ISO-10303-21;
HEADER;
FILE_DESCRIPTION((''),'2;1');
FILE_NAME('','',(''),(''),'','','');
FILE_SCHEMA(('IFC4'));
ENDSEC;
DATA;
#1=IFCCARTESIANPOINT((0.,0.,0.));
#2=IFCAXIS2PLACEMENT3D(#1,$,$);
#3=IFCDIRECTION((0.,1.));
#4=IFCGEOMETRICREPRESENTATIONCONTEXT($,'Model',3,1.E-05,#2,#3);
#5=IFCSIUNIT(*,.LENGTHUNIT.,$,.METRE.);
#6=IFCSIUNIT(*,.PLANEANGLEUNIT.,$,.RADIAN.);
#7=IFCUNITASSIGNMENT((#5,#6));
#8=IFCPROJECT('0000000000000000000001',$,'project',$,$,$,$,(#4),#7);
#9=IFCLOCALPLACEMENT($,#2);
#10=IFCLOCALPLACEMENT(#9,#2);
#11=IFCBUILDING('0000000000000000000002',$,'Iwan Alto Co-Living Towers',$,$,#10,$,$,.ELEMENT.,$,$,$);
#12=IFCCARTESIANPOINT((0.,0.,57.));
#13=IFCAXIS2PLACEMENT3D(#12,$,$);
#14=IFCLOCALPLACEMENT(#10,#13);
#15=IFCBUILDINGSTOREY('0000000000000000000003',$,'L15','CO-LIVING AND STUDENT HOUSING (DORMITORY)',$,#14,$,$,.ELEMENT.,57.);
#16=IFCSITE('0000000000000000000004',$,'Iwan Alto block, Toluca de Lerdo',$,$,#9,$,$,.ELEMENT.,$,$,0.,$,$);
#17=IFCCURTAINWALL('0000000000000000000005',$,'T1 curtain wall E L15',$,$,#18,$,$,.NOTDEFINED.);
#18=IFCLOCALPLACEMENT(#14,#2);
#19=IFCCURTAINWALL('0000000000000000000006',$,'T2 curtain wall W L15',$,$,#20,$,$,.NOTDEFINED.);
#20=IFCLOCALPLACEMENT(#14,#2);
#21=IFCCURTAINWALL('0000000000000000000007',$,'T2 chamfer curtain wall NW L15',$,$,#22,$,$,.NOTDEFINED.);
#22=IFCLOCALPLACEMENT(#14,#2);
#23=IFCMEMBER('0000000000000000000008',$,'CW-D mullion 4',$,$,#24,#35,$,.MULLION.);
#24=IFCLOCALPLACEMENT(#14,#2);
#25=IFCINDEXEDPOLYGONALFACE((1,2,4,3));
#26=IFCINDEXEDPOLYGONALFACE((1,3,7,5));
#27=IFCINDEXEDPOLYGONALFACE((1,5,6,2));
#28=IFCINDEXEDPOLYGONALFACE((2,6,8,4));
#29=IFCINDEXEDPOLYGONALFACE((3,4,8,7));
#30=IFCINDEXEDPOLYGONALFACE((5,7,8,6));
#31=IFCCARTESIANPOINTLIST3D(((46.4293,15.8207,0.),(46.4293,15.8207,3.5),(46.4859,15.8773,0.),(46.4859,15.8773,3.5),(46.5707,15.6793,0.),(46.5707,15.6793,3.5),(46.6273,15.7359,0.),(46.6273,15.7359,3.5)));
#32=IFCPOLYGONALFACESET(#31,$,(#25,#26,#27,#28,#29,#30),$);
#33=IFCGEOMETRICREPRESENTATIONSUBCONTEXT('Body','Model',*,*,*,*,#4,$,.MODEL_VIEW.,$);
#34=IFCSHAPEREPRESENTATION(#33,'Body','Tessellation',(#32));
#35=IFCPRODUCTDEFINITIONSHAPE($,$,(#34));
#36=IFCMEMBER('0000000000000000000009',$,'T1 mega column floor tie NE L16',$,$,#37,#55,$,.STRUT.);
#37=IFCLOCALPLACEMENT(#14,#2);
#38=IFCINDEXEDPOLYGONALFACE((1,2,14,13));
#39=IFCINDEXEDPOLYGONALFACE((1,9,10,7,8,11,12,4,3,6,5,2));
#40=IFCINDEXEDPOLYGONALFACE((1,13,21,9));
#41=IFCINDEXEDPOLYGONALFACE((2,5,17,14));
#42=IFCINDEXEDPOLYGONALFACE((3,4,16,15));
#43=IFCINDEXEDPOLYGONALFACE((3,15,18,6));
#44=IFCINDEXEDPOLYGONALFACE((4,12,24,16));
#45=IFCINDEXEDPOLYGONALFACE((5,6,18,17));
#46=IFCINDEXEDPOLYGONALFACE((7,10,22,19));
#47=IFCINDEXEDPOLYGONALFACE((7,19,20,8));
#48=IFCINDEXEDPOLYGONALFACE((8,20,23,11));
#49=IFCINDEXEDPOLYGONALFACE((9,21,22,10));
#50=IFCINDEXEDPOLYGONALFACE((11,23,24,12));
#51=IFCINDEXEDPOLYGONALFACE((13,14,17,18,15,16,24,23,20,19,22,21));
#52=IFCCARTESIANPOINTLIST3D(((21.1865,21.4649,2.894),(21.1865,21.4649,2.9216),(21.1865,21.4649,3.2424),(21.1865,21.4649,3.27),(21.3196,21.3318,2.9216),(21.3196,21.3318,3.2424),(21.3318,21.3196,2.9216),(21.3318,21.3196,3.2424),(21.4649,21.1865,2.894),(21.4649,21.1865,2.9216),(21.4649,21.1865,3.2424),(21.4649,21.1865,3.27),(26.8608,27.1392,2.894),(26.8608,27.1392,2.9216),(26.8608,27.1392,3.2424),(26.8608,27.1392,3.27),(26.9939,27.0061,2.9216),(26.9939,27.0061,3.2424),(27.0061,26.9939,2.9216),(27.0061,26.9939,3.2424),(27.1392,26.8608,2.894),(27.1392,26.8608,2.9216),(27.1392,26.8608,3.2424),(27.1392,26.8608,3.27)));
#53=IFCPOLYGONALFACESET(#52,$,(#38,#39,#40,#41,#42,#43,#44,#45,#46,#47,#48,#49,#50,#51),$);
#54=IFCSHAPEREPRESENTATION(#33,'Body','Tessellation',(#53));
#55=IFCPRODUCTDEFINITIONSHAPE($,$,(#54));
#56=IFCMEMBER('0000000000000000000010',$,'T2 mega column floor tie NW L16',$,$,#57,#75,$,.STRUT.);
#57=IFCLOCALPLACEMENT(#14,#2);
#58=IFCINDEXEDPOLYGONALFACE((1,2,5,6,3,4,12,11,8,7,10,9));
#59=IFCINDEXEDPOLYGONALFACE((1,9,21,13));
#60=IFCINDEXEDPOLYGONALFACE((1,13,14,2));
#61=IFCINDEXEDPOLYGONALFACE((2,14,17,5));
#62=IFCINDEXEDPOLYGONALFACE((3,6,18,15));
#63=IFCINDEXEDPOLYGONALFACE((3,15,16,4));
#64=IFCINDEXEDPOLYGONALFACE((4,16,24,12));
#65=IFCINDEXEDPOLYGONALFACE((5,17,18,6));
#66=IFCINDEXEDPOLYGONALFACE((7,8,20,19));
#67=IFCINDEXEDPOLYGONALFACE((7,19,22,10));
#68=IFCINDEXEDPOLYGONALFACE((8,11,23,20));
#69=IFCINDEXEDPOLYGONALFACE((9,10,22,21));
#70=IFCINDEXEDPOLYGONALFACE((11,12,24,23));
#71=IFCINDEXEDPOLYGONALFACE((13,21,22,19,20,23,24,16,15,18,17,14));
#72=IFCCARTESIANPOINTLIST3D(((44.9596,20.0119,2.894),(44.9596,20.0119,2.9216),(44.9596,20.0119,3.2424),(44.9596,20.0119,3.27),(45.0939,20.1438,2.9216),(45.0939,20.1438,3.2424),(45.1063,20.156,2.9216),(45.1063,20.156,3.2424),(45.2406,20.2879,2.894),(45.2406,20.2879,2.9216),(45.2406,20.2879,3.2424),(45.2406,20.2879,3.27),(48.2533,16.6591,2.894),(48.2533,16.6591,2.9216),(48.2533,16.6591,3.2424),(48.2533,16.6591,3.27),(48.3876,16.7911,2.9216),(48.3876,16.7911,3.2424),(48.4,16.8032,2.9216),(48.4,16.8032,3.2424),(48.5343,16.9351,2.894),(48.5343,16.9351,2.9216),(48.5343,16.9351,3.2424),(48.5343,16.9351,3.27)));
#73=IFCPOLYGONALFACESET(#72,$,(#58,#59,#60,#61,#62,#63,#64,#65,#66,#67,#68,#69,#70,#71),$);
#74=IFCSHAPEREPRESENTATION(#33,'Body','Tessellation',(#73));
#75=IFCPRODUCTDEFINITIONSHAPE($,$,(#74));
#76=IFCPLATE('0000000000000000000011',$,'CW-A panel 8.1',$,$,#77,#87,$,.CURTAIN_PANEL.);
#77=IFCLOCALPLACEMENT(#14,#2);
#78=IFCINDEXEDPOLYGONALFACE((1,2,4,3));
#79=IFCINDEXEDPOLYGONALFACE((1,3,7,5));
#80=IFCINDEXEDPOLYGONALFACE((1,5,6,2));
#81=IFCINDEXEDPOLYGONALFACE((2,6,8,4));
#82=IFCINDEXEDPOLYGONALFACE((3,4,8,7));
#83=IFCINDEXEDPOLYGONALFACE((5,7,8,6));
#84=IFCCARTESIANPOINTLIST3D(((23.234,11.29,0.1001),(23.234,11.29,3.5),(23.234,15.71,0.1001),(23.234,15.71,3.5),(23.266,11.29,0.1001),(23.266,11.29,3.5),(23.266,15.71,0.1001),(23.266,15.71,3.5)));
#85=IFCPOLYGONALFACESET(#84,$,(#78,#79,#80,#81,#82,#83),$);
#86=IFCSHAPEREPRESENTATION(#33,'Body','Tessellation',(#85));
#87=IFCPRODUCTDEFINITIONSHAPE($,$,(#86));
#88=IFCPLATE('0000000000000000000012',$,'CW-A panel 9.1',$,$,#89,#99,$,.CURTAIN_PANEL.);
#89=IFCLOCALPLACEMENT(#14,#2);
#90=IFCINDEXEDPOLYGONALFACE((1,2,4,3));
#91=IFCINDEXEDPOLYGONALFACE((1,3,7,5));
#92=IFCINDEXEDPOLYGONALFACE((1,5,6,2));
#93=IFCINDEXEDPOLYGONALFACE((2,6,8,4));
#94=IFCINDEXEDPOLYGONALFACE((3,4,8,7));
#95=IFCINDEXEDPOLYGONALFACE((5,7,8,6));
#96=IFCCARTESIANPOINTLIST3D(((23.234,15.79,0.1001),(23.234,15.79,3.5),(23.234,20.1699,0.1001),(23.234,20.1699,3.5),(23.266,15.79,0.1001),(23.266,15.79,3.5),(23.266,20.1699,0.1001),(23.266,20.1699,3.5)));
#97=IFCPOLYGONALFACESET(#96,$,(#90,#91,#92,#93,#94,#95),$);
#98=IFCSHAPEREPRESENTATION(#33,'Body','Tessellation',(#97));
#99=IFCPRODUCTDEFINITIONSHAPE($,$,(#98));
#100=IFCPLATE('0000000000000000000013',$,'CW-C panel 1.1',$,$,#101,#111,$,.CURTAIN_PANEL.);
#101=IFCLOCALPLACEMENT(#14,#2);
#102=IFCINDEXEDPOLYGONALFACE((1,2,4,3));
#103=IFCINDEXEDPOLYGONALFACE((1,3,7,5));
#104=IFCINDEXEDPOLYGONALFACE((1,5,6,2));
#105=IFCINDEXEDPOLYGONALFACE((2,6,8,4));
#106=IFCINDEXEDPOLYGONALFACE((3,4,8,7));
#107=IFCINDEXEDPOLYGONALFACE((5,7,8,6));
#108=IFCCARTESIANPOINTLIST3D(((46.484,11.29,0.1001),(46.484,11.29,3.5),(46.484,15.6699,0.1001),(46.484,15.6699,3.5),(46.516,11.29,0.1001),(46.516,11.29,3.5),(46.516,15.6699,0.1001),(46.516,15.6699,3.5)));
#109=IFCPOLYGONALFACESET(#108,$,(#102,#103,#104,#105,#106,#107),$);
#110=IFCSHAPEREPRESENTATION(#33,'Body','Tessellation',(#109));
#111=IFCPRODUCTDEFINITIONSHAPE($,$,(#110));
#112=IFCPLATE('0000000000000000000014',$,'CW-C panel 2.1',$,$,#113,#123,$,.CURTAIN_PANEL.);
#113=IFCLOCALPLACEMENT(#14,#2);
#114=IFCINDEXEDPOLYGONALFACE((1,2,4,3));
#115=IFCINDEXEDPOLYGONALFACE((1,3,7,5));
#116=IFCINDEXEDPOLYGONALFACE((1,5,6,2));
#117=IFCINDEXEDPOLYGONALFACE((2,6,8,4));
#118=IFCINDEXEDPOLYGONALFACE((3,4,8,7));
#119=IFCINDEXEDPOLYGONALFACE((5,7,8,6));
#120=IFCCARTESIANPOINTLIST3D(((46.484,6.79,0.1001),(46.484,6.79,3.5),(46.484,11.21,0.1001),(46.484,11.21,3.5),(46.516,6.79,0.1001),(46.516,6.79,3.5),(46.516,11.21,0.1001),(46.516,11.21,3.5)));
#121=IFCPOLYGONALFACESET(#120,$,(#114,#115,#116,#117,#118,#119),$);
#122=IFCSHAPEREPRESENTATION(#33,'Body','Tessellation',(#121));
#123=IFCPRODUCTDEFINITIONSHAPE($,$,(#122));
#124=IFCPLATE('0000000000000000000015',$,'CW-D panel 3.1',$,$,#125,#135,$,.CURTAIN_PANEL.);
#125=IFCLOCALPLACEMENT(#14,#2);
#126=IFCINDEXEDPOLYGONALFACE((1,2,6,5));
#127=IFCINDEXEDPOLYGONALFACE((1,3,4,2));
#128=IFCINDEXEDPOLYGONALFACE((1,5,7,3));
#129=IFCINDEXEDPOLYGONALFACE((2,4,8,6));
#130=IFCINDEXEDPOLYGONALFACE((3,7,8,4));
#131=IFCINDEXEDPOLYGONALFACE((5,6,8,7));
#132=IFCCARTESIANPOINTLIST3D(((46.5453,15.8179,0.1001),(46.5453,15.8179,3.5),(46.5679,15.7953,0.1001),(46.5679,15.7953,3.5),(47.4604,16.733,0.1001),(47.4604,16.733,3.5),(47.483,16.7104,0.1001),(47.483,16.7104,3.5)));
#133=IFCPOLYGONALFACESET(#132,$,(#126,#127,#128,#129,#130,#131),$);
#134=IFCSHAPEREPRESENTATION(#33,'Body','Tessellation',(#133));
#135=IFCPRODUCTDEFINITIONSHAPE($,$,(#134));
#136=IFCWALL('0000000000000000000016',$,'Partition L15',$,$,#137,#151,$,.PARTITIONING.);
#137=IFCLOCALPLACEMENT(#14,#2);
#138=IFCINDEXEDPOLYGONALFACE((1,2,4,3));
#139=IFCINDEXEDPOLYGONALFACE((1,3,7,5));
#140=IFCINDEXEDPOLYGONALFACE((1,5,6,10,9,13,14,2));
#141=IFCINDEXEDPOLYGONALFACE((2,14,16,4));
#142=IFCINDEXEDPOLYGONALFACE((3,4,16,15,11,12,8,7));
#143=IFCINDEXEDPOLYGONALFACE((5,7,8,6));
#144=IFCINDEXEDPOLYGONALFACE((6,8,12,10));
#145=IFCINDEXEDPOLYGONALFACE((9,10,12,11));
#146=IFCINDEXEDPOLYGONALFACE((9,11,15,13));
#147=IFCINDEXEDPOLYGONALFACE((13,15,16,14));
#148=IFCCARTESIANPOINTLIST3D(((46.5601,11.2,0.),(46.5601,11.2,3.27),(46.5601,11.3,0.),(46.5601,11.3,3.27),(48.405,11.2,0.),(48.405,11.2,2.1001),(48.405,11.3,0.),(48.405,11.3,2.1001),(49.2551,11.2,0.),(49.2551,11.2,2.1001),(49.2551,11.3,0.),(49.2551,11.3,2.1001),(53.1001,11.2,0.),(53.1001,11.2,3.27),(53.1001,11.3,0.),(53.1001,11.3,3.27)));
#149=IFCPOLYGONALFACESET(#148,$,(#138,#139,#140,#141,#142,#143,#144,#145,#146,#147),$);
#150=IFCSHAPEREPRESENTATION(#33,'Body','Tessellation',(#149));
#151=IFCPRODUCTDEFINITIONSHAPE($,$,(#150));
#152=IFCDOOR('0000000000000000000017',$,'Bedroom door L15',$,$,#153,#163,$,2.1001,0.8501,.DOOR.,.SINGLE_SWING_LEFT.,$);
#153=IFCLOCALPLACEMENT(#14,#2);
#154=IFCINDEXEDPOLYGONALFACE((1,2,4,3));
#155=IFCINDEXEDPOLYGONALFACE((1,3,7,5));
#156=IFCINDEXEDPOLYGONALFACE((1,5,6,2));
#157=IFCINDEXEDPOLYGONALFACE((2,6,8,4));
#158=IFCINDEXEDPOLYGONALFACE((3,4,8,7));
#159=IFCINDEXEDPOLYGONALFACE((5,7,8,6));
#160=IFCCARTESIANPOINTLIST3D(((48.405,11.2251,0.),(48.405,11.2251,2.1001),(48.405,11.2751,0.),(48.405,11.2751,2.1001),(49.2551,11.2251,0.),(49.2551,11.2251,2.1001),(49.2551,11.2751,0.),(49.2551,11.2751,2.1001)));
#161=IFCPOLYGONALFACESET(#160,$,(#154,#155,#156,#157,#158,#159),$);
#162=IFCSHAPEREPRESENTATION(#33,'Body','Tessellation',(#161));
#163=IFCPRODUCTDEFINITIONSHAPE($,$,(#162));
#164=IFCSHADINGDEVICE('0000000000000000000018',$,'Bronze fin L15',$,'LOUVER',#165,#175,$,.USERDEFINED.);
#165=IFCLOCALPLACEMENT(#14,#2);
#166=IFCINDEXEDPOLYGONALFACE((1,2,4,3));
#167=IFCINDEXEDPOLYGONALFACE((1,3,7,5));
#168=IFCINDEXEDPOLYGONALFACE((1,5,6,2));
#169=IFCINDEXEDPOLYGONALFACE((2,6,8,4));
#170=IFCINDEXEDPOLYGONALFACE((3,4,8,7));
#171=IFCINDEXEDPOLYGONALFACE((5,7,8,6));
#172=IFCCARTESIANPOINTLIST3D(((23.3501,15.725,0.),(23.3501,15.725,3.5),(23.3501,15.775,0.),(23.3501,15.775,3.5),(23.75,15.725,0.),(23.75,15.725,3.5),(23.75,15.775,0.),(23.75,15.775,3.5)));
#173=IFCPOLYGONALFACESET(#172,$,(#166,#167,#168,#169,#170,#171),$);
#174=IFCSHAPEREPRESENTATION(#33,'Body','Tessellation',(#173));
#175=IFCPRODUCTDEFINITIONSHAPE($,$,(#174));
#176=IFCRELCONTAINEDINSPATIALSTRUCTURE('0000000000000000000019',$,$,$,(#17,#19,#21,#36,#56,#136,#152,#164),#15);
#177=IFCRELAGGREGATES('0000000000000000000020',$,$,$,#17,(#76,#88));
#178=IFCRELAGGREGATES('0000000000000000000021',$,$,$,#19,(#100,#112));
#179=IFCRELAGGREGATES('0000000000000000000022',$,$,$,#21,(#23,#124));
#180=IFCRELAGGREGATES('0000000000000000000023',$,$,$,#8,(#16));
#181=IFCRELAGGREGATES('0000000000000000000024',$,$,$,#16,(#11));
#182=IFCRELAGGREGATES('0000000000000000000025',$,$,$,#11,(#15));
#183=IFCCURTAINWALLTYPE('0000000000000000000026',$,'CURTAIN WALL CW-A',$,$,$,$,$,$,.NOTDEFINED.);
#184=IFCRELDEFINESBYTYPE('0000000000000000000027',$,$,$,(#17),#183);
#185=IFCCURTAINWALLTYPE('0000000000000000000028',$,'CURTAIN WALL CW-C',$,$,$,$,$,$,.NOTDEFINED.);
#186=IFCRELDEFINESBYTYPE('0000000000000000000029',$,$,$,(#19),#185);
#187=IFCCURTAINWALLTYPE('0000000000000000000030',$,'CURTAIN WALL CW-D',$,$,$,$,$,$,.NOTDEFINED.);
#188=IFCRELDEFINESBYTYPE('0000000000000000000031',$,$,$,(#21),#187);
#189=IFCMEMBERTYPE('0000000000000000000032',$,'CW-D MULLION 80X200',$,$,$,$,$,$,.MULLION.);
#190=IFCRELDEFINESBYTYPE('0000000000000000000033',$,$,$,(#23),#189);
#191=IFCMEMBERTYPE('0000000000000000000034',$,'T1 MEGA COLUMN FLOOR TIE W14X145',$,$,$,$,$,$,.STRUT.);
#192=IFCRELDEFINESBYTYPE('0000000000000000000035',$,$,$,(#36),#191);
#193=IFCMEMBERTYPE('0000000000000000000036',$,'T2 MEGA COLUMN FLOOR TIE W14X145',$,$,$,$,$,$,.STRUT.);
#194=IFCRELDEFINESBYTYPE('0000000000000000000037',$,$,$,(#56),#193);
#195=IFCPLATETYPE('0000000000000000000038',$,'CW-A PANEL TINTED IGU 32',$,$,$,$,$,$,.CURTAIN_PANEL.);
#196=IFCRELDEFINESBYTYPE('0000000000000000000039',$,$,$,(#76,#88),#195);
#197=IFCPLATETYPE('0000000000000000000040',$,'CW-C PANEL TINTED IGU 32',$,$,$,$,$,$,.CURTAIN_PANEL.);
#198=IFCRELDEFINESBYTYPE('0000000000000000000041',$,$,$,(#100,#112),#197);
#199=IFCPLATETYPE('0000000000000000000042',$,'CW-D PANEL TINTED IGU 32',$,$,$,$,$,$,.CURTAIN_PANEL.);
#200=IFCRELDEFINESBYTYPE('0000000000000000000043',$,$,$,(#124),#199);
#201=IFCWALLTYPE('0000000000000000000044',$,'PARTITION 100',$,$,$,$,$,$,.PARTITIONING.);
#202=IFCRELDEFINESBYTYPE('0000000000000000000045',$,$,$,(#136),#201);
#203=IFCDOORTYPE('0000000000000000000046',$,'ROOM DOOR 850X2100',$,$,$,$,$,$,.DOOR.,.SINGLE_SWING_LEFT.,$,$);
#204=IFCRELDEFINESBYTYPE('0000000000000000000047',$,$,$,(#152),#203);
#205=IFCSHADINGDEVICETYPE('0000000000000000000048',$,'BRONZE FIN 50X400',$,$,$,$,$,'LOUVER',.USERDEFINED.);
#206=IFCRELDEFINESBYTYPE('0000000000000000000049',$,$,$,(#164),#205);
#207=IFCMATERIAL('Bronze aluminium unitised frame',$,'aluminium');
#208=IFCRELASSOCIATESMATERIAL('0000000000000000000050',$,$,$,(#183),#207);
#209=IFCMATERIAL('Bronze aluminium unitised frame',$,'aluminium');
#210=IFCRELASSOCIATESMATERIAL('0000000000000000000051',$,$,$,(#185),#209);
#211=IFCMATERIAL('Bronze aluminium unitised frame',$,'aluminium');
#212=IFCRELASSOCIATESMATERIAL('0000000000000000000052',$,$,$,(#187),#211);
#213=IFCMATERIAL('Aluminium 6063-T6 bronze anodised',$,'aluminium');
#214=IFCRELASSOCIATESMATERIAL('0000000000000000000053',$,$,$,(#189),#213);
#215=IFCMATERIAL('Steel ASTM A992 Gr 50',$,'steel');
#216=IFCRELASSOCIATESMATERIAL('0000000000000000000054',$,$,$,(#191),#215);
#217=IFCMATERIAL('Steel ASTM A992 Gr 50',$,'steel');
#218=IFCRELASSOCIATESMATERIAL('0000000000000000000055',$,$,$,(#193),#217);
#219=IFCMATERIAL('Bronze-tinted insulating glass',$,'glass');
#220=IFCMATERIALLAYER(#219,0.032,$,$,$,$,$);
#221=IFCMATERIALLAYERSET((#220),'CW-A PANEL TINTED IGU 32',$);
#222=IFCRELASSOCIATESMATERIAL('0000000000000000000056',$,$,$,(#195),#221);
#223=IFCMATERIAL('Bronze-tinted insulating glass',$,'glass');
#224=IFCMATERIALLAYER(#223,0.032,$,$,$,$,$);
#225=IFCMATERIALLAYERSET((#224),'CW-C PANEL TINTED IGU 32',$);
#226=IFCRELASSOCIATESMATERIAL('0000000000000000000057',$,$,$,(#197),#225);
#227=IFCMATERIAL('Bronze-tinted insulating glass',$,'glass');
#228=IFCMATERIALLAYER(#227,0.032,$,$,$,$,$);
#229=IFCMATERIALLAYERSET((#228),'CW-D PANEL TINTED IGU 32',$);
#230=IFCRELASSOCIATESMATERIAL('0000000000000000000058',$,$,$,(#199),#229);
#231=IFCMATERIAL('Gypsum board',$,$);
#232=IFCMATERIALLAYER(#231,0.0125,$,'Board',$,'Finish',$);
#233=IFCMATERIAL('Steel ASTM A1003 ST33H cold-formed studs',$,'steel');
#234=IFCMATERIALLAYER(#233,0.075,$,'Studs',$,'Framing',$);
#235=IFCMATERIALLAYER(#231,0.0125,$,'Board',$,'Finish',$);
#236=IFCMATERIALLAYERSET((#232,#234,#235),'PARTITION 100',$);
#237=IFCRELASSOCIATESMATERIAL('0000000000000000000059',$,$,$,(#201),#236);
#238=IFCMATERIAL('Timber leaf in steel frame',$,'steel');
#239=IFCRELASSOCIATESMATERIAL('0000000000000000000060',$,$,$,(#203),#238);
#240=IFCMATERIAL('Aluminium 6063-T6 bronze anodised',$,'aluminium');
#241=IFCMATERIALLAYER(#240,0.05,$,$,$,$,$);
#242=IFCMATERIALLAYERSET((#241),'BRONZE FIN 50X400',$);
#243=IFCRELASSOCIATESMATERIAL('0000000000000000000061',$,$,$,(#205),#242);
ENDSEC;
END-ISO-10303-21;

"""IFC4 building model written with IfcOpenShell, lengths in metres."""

from ifc_helpers import new_model, si_unit, direction, frame, frame_2d, origin, origin_2d, place, context, subcontext, project, spatial, rectangle, i_section, extrude, material, layer, layer_set, material_profile, profile_set, type_object, element, fill, aggregate, save


model = new_model("IFC4")

# Units and contexts
model_context = context("Model", 3, precision=1e-05, world=origin(), true_north=direction((0.0, 1.0)))
body_context = subcontext(model_context, "Body", "Model", "MODEL_VIEW")
ifc_project = project(units=[si_unit("LENGTHUNIT", "METRE"), si_unit("PLANEANGLEUNIT", "RADIAN")], contexts=[model_context])

# Site, building, storey
site_placement = place(None, origin())
site = spatial("IfcSite", under=ifc_project, at=site_placement, Name="Iwan Alto block, Toluca de Lerdo", CompositionType="ELEMENT", RefElevation=0.0)
building_placement = place(site_placement, origin())
building = spatial("IfcBuilding", under=site, at=building_placement, Name="Iwan Alto Co-Living Towers", CompositionType="ELEMENT")
storey_placement = place(building_placement, frame((0.0, 0.0, 57.0)))
storey = spatial("IfcBuildingStorey", under=building, at=storey_placement, Name="L15", Description="CO-LIVING AND STUDENT HOUSING (DORMITORY)", CompositionType="ELEMENT", Elevation=57.0)

# Curtain wall
ifc_material_1 = material(Name="Bronze aluminium unitised frame", Category="aluminium")
curtain_wall_type_1 = type_object("IfcCurtainWallType", Name="CURTAIN WALL CW-A", PredefinedType="NOTDEFINED", material=ifc_material_1)
curtain_wall_1_placement = place(storey_placement, origin())
curtain_wall_1 = element("IfcCurtainWall", 1, at=curtain_wall_1_placement, inside=storey, type_object=curtain_wall_type_1, Name="T1 curtain wall E L15", PredefinedType="NOTDEFINED")

# Curtain wall
ifc_material_2 = material(Name="Bronze aluminium unitised frame", Category="aluminium")
curtain_wall_type_2 = type_object("IfcCurtainWallType", Name="CURTAIN WALL CW-C", PredefinedType="NOTDEFINED", material=ifc_material_2)
curtain_wall_2_placement = place(storey_placement, origin())
curtain_wall_2 = element("IfcCurtainWall", 2, at=curtain_wall_2_placement, inside=storey, type_object=curtain_wall_type_2, Name="T2 curtain wall W L15", PredefinedType="NOTDEFINED")

# Curtain wall, member
ifc_material_3 = material(Name="Bronze aluminium unitised frame", Category="aluminium")
curtain_wall_type_3 = type_object("IfcCurtainWallType", Name="CURTAIN WALL CW-D", PredefinedType="NOTDEFINED", material=ifc_material_3)
curtain_wall_3_placement = place(storey_placement, origin())
curtain_wall_3 = element("IfcCurtainWall", 3, at=curtain_wall_3_placement, inside=storey, type_object=curtain_wall_type_3, Name="T2 chamfer curtain wall NW L15", PredefinedType="NOTDEFINED")
ifc_material_4 = material(Name="Aluminium 6063-T6 bronze anodised", Category="aluminium")
ifc_material_profile_1 = material_profile(ifc_material_4, rectangle(XDim=0.2, YDim=0.0801, at=origin_2d()), Name="AL 80X200")
ifc_profile_set_1 = profile_set([ifc_material_profile_1], Name="Aluminium 6063-T6 bronze anodised")
member_type_1 = type_object("IfcMemberType", Name="CW-D MULLION 80X200", PredefinedType="MULLION", material=ifc_profile_set_1)
member_1_placement = place(storey_placement, frame((46.5283, 15.7783, 0.0), z_axis=(0.0, 0.0, 1.0), x_axis=(0.707107, -0.707107, 0.0)))
member_1 = element("IfcMember", 4, at=member_1_placement, type_object=member_type_1, Name="CW-D mullion 4", PredefinedType="MULLION", context=body_context, shape_type="SweptSolid", body=[
    extrude(rectangle(XDim=0.2, YDim=0.0801, at=origin_2d()), origin(), (0.0, 0.0, 1.0), 3.5),
])

# Members
ifc_material_5 = material(Name="Steel ASTM A992 Gr 50", Category="steel")
ifc_material_profile_2 = material_profile(ifc_material_5, i_section(OverallWidth=0.3938, OverallDepth=0.376, WebThickness=0.0173, FlangeThickness=0.0276, at=origin_2d()), Name="W14X145")
ifc_profile_set_2 = profile_set([ifc_material_profile_2], Name="Steel ASTM A992 Gr 50")
member_type_2 = type_object("IfcMemberType", Name="T1 MEGA COLUMN FLOOR TIE W14X145", PredefinedType="STRUT", material=ifc_profile_set_2)
member_2_placement = place(storey_placement, frame((27.0, 27.0, 3.082), z_axis=(-0.707107, -0.707107, 0.0), x_axis=(0.707107, -0.707107, 0.0)))
element("IfcMember", 5, at=member_2_placement, inside=storey, type_object=member_type_2, Name="T1 mega column floor tie NE L16", PredefinedType="STRUT", context=body_context, shape_type="SweptSolid", body=[
    extrude(i_section(OverallWidth=0.3938, OverallDepth=0.376, WebThickness=0.0173, FlangeThickness=0.0276, at=origin_2d()), origin(), (0.0, 0.0, 1.0), 8.0247),
])
ifc_material_6 = material(Name="Steel ASTM A992 Gr 50", Category="steel")
ifc_material_profile_3 = material_profile(ifc_material_6, i_section(OverallWidth=0.3938, OverallDepth=0.376, WebThickness=0.0173, FlangeThickness=0.0276, at=origin_2d()), Name="W14X145")
ifc_profile_set_3 = profile_set([ifc_material_profile_3], Name="Steel ASTM A992 Gr 50")
member_type_3 = type_object("IfcMemberType", Name="T2 MEGA COLUMN FLOOR TIE W14X145", PredefinedType="STRUT", material=ifc_profile_set_3)
member_3_placement = place(storey_placement, frame((45.1001, 20.1499, 3.082), z_axis=(0.700793, -0.713364, 0.0), x_axis=(0.713364, 0.700793, 0.0)))
element("IfcMember", 6, at=member_3_placement, inside=storey, type_object=member_type_3, Name="T2 mega column floor tie NW L16", PredefinedType="STRUT", context=body_context, shape_type="SweptSolid", body=[
    extrude(i_section(OverallWidth=0.3938, OverallDepth=0.376, WebThickness=0.0173, FlangeThickness=0.0276, at=origin_2d()), origin(), (0.0, 0.0, 1.0), 4.7),
])

# Plates
ifc_material_7 = material(Name="Bronze-tinted insulating glass", Category="glass")
ifc_layer_1 = layer(ifc_material_7, 0.032)
ifc_layer_set_1 = layer_set([ifc_layer_1], Name="CW-A PANEL TINTED IGU 32")
plate_type_1 = type_object("IfcPlateType", Name="CW-A PANEL TINTED IGU 32", PredefinedType="CURTAIN_PANEL", material=ifc_layer_set_1)
plate_1_placement = place(storey_placement, frame((23.25, 13.5, 0.1001), z_axis=(0.0, 0.0, 1.0), x_axis=(0.0, 1.0, 0.0)))
plate_1 = element("IfcPlate", 7, at=plate_1_placement, type_object=plate_type_1, Name="CW-A panel 8.1", PredefinedType="CURTAIN_PANEL", context=body_context, shape_type="SweptSolid", body=[
    extrude(rectangle(XDim=4.4199, YDim=0.032, at=origin_2d()), origin(), (0.0, 0.0, 1.0), 3.3999),
])
plate_2_placement = place(storey_placement, frame((23.25, 17.98, 0.1001), z_axis=(0.0, 0.0, 1.0), x_axis=(0.0, 1.0, 0.0)))
plate_2 = element("IfcPlate", 8, at=plate_2_placement, type_object=plate_type_1, Name="CW-A panel 9.1", PredefinedType="CURTAIN_PANEL", context=body_context, shape_type="SweptSolid", body=[
    extrude(rectangle(XDim=4.3799, YDim=0.032, at=origin_2d()), origin(), (0.0, 0.0, 1.0), 3.3999),
])
aggregate(curtain_wall_1, [plate_1, plate_2])
ifc_material_8 = material(Name="Bronze-tinted insulating glass", Category="glass")
ifc_layer_2 = layer(ifc_material_8, 0.032)
ifc_layer_set_2 = layer_set([ifc_layer_2], Name="CW-C PANEL TINTED IGU 32")
plate_type_2 = type_object("IfcPlateType", Name="CW-C PANEL TINTED IGU 32", PredefinedType="CURTAIN_PANEL", material=ifc_layer_set_2)
plate_3_placement = place(storey_placement, frame((46.5, 13.48, 0.1001), z_axis=(0.0, 0.0, 1.0), x_axis=(0.0, -1.0, 0.0)))
plate_3 = element("IfcPlate", 9, at=plate_3_placement, type_object=plate_type_2, Name="CW-C panel 1.1", PredefinedType="CURTAIN_PANEL", context=body_context, shape_type="SweptSolid", body=[
    extrude(rectangle(XDim=4.3799, YDim=0.032, at=origin_2d()), origin(), (0.0, 0.0, 1.0), 3.3999),
])
plate_4_placement = place(storey_placement, frame((46.5, 9.0, 0.1001), z_axis=(0.0, 0.0, 1.0), x_axis=(0.0, -1.0, 0.0)))
plate_4 = element("IfcPlate", 10, at=plate_4_placement, type_object=plate_type_2, Name="CW-C panel 2.1", PredefinedType="CURTAIN_PANEL", context=body_context, shape_type="SweptSolid", body=[
    extrude(rectangle(XDim=4.4199, YDim=0.032, at=origin_2d()), origin(), (0.0, 0.0, 1.0), 3.3999),
])
aggregate(curtain_wall_2, [plate_3, plate_4])
ifc_material_9 = material(Name="Bronze-tinted insulating glass", Category="glass")
ifc_layer_3 = layer(ifc_material_9, 0.032)
ifc_layer_set_3 = layer_set([ifc_layer_3], Name="CW-D PANEL TINTED IGU 32")
plate_type_3 = type_object("IfcPlateType", Name="CW-D PANEL TINTED IGU 32", PredefinedType="CURTAIN_PANEL", material=ifc_layer_set_3)
plate_5_placement = place(storey_placement, frame((47.0142, 16.2642, 0.1001), z_axis=(0.0, 0.0, 1.0), x_axis=(-0.707107, -0.707107, 0.0)))
plate_5 = element("IfcPlate", 11, at=plate_5_placement, type_object=plate_type_3, Name="CW-D panel 3.1", PredefinedType="CURTAIN_PANEL", context=body_context, shape_type="SweptSolid", body=[
    extrude(rectangle(XDim=1.2942, YDim=0.032, at=origin_2d()), origin(), (0.0, 0.0, 1.0), 3.3999),
])
aggregate(curtain_wall_3, [member_1, plate_5])

# Wall, opening, door
ifc_material_10 = material(Name="Gypsum board")
ifc_layer_4 = layer(ifc_material_10, 0.0125, Name="Board", Category="Finish")
ifc_material_11 = material(Name="Steel ASTM A1003 ST33H cold-formed studs", Category="steel")
ifc_layer_5 = layer(ifc_material_11, 0.075, Name="Studs", Category="Framing")
ifc_layer_6 = layer(ifc_material_10, 0.0125, Name="Board", Category="Finish")
ifc_layer_set_4 = layer_set([ifc_layer_4, ifc_layer_5, ifc_layer_6], Name="PARTITION 100")
wall_type = type_object("IfcWallType", Name="PARTITION 100", PredefinedType="PARTITIONING", material=ifc_layer_set_4)
wall_placement = place(storey_placement, frame((46.5601, 11.25, 0.0), z_axis=(0.0, 0.0, 1.0), x_axis=(1.0, 0.0, 0.0)))
wall = element("IfcWall", 12, at=wall_placement, inside=storey, type_object=wall_type, Name="Partition L15", PredefinedType="PARTITIONING", context=body_context, shape_type="SweptSolid", body=[
    extrude(rectangle(XDim=6.54, YDim=0.1001, at=frame_2d((3.27, 0.0))), origin(), (0.0, 0.0, 1.0), 3.27),
])
opening_placement = place(wall_placement, frame((1.845, 0.0, 0.0)))
opening = element("IfcOpeningElement", 13, at=opening_placement, cuts=wall, PredefinedType="OPENING", context=body_context, shape_type="SweptSolid", body=[
    extrude(rectangle(XDim=0.8501, YDim=2.1001, at=frame_2d((0.425, 1.05))), frame((0.0, 0.0601, 0.0), z_axis=(0.0, -1.0, 0.0), x_axis=(1.0, 0.0, 0.0)), (0.0, 0.0, 1.0), 0.1201),
])
ifc_material_12 = material(Name="Timber leaf in steel frame", Category="steel")
door_type = type_object("IfcDoorType", Name="ROOM DOOR 850X2100", OperationType="SINGLE_SWING_LEFT", PredefinedType="DOOR", material=ifc_material_12)
door_placement = place(opening_placement, frame((0.8501, 0.0, 0.0), z_axis=(0.0, 0.0, 1.0), x_axis=(-1.0, 0.0, 0.0)))
door = element("IfcDoor", 14, at=door_placement, inside=storey, type_object=door_type, Name="Bedroom door L15", OperationType="SINGLE_SWING_LEFT", OverallHeight=2.1001, OverallWidth=0.8501, PredefinedType="DOOR", context=body_context, shape_type="SweptSolid", body=[
    extrude(rectangle(XDim=0.8501, YDim=2.1001, at=frame_2d((0.425, 1.05))), frame((0.0, 0.0249, 0.0), z_axis=(0.0, -1.0, 0.0), x_axis=(1.0, 0.0, 0.0)), (0.0, 0.0, 1.0), 0.05),
])
fill(opening, door)

# Shading device
ifc_material_13 = material(Name="Aluminium 6063-T6 bronze anodised", Category="aluminium")
ifc_layer_7 = layer(ifc_material_13, 0.05)
ifc_layer_set_5 = layer_set([ifc_layer_7], Name="BRONZE FIN 50X400")
shading_device_type = type_object("IfcShadingDeviceType", Name="BRONZE FIN 50X400", ElementType="LOUVER", PredefinedType="USERDEFINED", material=ifc_layer_set_5)
shading_device_placement = place(storey_placement, frame((23.55, 15.75, 0.0), z_axis=(0.0, 0.0, 1.0), x_axis=(0.0, 1.0, 0.0)))
element("IfcShadingDevice", 15, at=shading_device_placement, inside=storey, type_object=shading_device_type, Name="Bronze fin L15", ObjectType="LOUVER", PredefinedType="USERDEFINED", context=body_context, shape_type="SweptSolid", body=[
    extrude(rectangle(XDim=0.05, YDim=0.3999, at=origin_2d()), origin(), (0.0, 0.0, 1.0), 3.5),
])

save(model, "model.ifc")
